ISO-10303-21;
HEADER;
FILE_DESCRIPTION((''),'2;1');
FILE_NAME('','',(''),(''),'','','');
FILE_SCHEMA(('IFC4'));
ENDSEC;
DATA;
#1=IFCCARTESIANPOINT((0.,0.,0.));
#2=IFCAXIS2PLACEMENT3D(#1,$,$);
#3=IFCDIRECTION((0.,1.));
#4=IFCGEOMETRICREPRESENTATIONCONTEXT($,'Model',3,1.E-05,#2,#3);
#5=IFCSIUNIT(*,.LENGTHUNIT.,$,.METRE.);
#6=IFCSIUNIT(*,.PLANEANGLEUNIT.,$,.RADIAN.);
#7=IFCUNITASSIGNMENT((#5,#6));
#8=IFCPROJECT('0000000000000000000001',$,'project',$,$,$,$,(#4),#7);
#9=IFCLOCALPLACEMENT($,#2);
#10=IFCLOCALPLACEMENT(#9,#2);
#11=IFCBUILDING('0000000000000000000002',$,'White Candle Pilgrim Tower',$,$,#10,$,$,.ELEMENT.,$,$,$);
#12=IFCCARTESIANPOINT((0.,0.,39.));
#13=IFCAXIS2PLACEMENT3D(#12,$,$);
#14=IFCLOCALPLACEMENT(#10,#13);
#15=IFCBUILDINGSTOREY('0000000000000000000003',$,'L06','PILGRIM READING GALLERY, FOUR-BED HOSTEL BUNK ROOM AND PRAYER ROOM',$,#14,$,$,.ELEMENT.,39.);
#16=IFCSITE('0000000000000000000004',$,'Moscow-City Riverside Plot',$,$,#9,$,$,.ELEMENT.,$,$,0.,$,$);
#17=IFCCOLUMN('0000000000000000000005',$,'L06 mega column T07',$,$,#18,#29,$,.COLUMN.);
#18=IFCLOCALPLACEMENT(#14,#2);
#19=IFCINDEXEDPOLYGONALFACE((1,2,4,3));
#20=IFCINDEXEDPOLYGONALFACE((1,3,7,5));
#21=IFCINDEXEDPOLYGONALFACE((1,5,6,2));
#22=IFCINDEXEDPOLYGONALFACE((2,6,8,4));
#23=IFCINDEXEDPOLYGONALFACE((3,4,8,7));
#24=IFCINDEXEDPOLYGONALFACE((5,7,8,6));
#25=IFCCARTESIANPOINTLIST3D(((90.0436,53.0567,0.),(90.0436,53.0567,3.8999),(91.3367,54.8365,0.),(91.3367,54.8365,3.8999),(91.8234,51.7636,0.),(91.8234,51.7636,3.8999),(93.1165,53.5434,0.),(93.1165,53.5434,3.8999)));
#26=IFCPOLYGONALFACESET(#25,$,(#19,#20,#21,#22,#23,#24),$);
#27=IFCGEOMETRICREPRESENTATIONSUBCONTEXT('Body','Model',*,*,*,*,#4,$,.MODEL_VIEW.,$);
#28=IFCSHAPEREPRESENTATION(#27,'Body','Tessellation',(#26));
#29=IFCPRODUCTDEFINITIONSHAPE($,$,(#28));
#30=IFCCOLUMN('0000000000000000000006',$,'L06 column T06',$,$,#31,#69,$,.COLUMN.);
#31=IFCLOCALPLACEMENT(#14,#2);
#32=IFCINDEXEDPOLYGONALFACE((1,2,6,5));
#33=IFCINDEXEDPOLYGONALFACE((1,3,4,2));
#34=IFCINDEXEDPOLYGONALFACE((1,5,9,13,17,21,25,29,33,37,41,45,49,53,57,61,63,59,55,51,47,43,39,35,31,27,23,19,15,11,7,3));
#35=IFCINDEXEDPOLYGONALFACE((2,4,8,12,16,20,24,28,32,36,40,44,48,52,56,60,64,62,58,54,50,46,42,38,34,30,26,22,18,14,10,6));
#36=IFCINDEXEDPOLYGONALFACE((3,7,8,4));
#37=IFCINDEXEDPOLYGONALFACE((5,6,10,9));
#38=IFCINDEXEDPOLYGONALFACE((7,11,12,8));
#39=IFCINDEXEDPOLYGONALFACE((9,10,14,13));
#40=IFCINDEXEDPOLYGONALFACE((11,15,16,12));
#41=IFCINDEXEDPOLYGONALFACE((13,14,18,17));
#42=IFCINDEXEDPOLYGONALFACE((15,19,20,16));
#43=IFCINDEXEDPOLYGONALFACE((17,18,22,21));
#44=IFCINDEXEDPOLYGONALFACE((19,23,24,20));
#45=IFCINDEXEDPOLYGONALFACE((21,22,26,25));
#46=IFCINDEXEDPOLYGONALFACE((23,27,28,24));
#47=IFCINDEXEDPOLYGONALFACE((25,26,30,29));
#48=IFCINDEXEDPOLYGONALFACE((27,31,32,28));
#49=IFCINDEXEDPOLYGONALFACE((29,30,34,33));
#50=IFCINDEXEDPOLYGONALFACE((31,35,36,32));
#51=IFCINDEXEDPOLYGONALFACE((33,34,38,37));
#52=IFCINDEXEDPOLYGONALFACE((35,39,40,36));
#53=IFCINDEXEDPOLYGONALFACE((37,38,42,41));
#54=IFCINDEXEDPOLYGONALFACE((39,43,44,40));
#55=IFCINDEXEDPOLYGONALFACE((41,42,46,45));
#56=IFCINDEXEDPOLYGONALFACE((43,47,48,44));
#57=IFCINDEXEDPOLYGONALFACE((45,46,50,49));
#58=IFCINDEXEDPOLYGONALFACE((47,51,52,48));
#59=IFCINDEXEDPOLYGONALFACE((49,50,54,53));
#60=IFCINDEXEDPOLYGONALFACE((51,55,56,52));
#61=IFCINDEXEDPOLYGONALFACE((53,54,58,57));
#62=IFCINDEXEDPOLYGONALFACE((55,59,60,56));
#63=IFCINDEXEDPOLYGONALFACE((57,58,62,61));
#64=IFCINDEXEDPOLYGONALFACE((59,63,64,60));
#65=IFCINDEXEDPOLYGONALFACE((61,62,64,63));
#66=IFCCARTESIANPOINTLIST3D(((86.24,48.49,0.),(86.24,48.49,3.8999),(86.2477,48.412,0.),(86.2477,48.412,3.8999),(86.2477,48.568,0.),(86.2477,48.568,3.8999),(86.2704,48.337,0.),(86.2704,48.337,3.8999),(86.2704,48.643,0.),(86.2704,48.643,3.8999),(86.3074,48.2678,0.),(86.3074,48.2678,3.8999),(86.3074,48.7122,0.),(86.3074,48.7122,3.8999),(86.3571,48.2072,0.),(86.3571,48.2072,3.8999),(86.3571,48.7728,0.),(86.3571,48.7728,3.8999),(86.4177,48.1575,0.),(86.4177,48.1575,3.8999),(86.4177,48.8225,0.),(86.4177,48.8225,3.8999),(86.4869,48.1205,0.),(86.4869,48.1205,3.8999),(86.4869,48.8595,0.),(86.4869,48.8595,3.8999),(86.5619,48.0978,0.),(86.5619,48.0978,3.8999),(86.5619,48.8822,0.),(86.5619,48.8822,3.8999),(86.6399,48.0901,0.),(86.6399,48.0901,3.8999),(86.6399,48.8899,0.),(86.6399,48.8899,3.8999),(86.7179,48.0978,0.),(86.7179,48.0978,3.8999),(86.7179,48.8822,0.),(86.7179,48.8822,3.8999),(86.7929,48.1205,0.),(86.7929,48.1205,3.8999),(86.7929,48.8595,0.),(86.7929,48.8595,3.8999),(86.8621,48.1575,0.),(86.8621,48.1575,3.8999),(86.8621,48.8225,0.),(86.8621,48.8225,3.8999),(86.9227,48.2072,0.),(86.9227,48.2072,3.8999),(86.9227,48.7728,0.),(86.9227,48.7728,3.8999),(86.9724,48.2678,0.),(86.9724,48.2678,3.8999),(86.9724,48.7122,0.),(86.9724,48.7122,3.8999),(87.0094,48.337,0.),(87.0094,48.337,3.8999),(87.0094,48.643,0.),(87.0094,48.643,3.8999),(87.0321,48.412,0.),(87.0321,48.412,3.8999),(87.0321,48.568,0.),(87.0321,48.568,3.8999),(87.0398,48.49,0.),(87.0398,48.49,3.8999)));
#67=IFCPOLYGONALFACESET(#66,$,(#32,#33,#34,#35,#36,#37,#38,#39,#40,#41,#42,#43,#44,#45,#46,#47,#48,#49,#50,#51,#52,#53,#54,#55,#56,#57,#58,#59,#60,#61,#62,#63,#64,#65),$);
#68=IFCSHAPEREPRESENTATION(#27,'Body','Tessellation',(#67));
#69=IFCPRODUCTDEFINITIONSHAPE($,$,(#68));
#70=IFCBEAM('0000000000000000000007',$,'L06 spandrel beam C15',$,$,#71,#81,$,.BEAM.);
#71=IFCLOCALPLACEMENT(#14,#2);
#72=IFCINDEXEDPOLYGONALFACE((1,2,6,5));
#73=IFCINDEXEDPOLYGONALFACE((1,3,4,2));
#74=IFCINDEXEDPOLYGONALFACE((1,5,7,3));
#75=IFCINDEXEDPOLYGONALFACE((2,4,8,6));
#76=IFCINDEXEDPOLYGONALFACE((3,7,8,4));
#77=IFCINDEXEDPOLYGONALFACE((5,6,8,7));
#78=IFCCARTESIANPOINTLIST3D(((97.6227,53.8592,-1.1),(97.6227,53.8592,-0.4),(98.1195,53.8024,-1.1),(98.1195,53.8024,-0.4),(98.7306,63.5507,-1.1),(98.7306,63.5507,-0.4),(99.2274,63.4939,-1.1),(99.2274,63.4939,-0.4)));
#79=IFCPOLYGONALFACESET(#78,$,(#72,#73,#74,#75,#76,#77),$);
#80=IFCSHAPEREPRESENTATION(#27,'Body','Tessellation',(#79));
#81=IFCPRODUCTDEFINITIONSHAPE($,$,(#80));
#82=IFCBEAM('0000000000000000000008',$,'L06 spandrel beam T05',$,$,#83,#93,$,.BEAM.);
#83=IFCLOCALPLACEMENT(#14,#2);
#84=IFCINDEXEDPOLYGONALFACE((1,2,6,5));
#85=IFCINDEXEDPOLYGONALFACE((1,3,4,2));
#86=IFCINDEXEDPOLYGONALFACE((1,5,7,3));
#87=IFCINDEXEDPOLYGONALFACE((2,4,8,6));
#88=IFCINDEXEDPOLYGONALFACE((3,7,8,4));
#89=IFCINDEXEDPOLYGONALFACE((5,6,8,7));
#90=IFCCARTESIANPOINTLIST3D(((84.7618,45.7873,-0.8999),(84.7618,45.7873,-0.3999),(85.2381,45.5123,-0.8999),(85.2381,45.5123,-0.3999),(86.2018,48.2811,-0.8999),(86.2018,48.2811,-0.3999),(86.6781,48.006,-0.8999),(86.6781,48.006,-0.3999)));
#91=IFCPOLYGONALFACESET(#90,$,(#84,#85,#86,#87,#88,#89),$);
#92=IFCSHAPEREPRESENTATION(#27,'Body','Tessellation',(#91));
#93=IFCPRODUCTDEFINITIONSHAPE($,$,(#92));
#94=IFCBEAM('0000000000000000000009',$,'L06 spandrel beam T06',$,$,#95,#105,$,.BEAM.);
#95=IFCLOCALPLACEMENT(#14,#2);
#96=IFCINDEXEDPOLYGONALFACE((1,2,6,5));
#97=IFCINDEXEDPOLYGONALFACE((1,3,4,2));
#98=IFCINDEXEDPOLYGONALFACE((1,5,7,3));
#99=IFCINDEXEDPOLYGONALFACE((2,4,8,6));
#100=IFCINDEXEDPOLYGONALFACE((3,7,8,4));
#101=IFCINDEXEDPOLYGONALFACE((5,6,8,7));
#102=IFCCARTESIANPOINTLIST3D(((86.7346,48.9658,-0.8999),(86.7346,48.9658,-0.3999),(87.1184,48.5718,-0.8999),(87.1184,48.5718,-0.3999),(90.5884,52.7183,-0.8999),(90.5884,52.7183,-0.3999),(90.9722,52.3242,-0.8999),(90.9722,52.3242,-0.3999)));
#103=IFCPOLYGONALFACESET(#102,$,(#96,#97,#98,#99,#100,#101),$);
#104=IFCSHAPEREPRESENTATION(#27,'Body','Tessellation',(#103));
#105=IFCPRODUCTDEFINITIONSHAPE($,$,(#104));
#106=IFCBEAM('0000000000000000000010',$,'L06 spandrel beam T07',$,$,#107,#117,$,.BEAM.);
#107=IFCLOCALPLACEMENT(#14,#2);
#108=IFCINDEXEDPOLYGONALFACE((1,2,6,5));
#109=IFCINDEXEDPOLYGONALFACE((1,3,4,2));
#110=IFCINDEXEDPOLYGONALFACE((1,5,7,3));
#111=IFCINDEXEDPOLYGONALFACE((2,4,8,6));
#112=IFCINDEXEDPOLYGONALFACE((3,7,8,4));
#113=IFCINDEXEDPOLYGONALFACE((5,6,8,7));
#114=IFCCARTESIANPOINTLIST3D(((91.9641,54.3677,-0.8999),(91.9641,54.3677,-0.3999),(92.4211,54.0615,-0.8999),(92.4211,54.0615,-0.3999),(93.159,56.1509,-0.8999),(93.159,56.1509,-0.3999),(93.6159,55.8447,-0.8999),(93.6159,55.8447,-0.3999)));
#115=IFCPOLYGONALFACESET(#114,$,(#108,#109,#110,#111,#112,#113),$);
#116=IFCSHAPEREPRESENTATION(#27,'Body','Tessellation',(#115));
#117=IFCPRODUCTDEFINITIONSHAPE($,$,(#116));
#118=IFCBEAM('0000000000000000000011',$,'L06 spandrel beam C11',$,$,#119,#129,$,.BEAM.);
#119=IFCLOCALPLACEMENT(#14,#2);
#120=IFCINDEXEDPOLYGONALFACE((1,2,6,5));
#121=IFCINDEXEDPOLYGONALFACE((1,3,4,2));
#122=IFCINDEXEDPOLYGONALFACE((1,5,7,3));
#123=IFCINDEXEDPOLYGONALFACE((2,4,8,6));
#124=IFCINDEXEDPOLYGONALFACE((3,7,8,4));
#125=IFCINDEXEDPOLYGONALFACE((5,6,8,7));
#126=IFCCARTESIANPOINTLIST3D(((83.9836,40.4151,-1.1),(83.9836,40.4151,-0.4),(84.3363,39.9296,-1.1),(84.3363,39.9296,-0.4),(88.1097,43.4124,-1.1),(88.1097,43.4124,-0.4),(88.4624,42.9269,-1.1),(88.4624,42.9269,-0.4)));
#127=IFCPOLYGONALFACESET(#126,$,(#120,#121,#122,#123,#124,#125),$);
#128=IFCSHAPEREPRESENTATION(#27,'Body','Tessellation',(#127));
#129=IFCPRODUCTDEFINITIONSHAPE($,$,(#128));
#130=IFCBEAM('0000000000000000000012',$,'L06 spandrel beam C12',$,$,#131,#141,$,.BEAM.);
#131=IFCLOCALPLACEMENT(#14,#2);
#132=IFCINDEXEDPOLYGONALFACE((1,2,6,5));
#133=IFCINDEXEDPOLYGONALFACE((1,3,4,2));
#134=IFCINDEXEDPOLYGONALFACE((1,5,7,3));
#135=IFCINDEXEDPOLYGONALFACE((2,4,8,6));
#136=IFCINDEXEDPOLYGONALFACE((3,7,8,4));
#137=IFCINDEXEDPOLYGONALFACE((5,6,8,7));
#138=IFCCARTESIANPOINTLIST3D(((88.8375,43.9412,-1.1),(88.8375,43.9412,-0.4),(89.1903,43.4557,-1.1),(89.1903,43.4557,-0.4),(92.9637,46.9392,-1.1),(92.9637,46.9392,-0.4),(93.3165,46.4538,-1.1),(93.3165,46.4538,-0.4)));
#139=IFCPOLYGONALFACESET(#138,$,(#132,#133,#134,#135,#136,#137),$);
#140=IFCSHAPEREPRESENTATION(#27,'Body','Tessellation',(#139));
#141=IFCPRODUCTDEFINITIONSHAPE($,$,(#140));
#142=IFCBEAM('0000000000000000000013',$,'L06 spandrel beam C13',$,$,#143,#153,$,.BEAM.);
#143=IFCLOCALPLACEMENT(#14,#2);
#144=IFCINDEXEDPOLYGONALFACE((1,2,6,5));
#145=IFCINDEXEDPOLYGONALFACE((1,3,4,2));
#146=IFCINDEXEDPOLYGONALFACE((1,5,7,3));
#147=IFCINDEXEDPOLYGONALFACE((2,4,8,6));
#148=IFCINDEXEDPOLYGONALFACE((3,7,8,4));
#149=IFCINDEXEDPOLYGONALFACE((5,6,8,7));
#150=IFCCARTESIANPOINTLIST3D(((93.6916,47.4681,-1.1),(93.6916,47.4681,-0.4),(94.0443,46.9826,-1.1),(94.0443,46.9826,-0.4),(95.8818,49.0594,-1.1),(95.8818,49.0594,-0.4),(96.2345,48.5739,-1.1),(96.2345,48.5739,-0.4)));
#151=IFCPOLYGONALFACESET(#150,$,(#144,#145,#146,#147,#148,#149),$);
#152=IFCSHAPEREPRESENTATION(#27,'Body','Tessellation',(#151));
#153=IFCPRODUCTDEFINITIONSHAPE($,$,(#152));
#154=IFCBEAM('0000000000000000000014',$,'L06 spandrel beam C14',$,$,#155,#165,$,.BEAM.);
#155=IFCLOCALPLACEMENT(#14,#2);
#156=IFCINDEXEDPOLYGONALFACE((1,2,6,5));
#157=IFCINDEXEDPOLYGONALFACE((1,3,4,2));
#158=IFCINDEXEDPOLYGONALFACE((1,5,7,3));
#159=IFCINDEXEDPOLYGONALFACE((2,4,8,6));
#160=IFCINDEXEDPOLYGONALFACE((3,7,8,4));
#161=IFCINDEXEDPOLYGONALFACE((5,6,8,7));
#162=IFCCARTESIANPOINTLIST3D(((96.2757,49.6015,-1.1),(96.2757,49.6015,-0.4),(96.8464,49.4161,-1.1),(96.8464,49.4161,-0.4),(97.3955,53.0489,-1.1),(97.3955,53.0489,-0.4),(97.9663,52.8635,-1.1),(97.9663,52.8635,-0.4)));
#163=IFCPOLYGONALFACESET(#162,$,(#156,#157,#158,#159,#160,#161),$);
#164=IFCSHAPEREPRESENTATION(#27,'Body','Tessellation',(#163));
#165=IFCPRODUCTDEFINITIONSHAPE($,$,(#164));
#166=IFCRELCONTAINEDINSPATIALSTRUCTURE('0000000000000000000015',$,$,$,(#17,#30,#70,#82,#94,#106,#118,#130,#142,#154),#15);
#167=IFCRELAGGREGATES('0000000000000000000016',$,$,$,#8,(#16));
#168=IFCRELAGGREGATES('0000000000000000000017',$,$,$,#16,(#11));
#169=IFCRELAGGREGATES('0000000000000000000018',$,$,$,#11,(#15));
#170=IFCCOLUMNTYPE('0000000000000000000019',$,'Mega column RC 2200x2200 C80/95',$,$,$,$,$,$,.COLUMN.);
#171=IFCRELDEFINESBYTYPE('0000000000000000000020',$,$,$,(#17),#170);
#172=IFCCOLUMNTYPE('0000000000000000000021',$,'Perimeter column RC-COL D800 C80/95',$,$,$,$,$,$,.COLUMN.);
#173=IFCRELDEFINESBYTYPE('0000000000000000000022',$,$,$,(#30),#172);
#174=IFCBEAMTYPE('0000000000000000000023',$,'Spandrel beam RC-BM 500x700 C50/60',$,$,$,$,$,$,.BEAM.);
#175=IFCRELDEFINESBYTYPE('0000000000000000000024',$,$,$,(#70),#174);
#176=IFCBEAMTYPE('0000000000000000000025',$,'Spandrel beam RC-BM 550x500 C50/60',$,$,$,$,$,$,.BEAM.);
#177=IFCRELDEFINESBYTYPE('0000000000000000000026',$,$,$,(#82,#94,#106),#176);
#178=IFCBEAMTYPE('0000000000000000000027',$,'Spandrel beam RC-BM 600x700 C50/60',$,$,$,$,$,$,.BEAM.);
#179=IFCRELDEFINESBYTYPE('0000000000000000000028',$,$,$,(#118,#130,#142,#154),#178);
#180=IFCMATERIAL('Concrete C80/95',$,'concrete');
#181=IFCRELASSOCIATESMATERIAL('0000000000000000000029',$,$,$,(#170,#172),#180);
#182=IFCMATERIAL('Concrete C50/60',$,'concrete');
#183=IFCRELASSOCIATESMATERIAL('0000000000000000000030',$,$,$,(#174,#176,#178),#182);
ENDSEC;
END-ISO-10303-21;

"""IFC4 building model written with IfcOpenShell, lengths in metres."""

from ifc_helpers import new_model, si_unit, direction, frame, origin, origin_2d, place, context, subcontext, project, spatial, rectangle, circle, extrude, material, material_profile, profile_set, type_object, element, save


model = new_model("IFC4")

# Units and contexts
model_context = context("Model", 3, precision=1e-05, world=origin(), true_north=direction((0.0, 1.0)))
body_context = subcontext(model_context, "Body", "Model", "MODEL_VIEW")
ifc_project = project(units=[si_unit("LENGTHUNIT", "METRE"), si_unit("PLANEANGLEUNIT", "RADIAN")], contexts=[model_context])

# Site, building, storey
site_placement = place(None, origin())
site = spatial("IfcSite", under=ifc_project, at=site_placement, Name="Moscow-City Riverside Plot", CompositionType="ELEMENT", RefElevation=0.0)
building_placement = place(site_placement, origin())
building = spatial("IfcBuilding", under=site, at=building_placement, Name="White Candle Pilgrim Tower", CompositionType="ELEMENT")
storey_placement = place(building_placement, frame((0.0, 0.0, 39.0)))
storey = spatial("IfcBuildingStorey", under=building, at=storey_placement, Name="L06", Description="PILGRIM READING GALLERY, FOUR-BED HOSTEL BUNK ROOM AND PRAYER ROOM", CompositionType="ELEMENT", Elevation=39.0)

# Columns
ifc_material_1 = material(Name="Concrete C80/95", Category="concrete")
ifc_material_profile_1 = material_profile(ifc_material_1, rectangle(XDim=2.2, YDim=2.2, at=origin_2d()), Name="RC 2200x2200")
ifc_profile_set_1 = profile_set([ifc_material_profile_1], Name="Concrete C80/95")
column_type_1 = type_object("IfcColumnType", Name="Mega column RC 2200x2200 C80/95", PredefinedType="COLUMN", material=ifc_profile_set_1)
column_1_placement = place(storey_placement, frame((91.5801, 53.3, 0.0), z_axis=(0.0, 0.0, 1.0), x_axis=(0.809017, -0.587785, 0.0)))
element("IfcColumn", 1, at=column_1_placement, inside=storey, type_object=column_type_1, Name="L06 mega column T07", PredefinedType="COLUMN", context=body_context, shape_type="SweptSolid", body=[
    extrude(rectangle(XDim=2.2, YDim=2.2, at=origin_2d()), origin(), (0.0, 0.0, 1.0), 3.8999),
])
ifc_material_profile_2 = material_profile(ifc_material_1, circle(Radius=0.3999, at=origin_2d()), Name="RC-COL D800")
ifc_profile_set_2 = profile_set([ifc_material_profile_2], Name="Concrete C80/95")
column_type_2 = type_object("IfcColumnType", Name="Perimeter column RC-COL D800 C80/95", PredefinedType="COLUMN", material=ifc_profile_set_2)
column_2_placement = place(storey_placement, frame((86.6399, 48.49, 0.0), z_axis=(0.0, 0.0, 1.0), x_axis=(1.0, 0.0, 0.0)))
element("IfcColumn", 2, at=column_2_placement, inside=storey, type_object=column_type_2, Name="L06 column T06", PredefinedType="COLUMN", context=body_context, shape_type="SweptSolid", body=[
    extrude(circle(Radius=0.3999, at=origin_2d()), origin(), (0.0, 0.0, 1.0), 3.8999),
])

# Beams
ifc_material_2 = material(Name="Concrete C50/60", Category="concrete")
ifc_material_profile_3 = material_profile(ifc_material_2, rectangle(XDim=0.5, YDim=0.7, at=origin_2d()), Name="RC-BM 500x700")
ifc_profile_set_3 = profile_set([ifc_material_profile_3], Name="Concrete C50/60")
beam_type_1 = type_object("IfcBeamType", Name="Spandrel beam RC-BM 500x700 C50/60", PredefinedType="BEAM", material=ifc_profile_set_3)
beam_1_placement = place(storey_placement, frame((97.8711, 53.8308, -0.75), z_axis=(0.113579, 0.993529, 0.0), x_axis=(-0.993529, 0.113579, 0.0)))
element("IfcBeam", 3, at=beam_1_placement, inside=storey, type_object=beam_type_1, Name="L06 spandrel beam C15", PredefinedType="BEAM", context=body_context, shape_type="SweptSolid", body=[
    extrude(rectangle(XDim=0.5, YDim=0.7, at=origin_2d()), origin(), (0.0, 0.0, 1.0), 9.7546),
])
ifc_material_profile_4 = material_profile(ifc_material_2, rectangle(XDim=0.55, YDim=0.5, at=origin_2d()), Name="RC-BM 550x500")
ifc_profile_set_4 = profile_set([ifc_material_profile_4], Name="Concrete C50/60")
beam_type_2 = type_object("IfcBeamType", Name="Spandrel beam RC-BM 550x500 C50/60", PredefinedType="BEAM", material=ifc_profile_set_4)
beam_2_placement = place(storey_placement, frame((86.4399, 48.1436, -0.6499), z_axis=(-0.50006, -0.865991, 0.0), x_axis=(0.865991, -0.50006, 0.0)))
element("IfcBeam", 4, at=beam_2_placement, inside=storey, type_object=beam_type_2, Name="L06 spandrel beam T05", PredefinedType="BEAM", context=body_context, shape_type="SweptSolid", body=[
    extrude(rectangle(XDim=0.55, YDim=0.5, at=origin_2d()), origin(), (0.0, 0.0, 1.0), 2.8796),
])
beam_3_placement = place(storey_placement, frame((86.9265, 48.7688, -0.6499), z_axis=(0.716462, 0.697626, 0.0), x_axis=(-0.697626, 0.716462, 0.0)))
element("IfcBeam", 5, at=beam_3_placement, inside=storey, type_object=beam_type_2, Name="L06 spandrel beam T06", PredefinedType="BEAM", context=body_context, shape_type="SweptSolid", body=[
    extrude(rectangle(XDim=0.55, YDim=0.5, at=origin_2d()), origin(), (0.0, 0.0, 1.0), 5.3789),
])
beam_4_placement = place(storey_placement, frame((92.1926, 54.2146, -0.6499), z_axis=(0.556641, 0.830753, 0.0), x_axis=(-0.830753, 0.556641, 0.0)))
element("IfcBeam", 6, at=beam_4_placement, inside=storey, type_object=beam_type_2, Name="L06 spandrel beam T07", PredefinedType="BEAM", context=body_context, shape_type="SweptSolid", body=[
    extrude(rectangle(XDim=0.55, YDim=0.5, at=origin_2d()), origin(), (0.0, 0.0, 1.0), 2.1465),
])
ifc_material_profile_5 = material_profile(ifc_material_2, rectangle(XDim=0.6001, YDim=0.7, at=origin_2d()), Name="RC-BM 600x700")
ifc_profile_set_5 = profile_set([ifc_material_profile_5], Name="Concrete C50/60")
beam_type_3 = type_object("IfcBeamType", Name="Spandrel beam RC-BM 600x700 C50/60", PredefinedType="BEAM", material=ifc_profile_set_5)
beam_5_placement = place(storey_placement, frame((84.1599, 40.1724, -0.75), z_axis=(0.809069, 0.587713, 0.0), x_axis=(-0.587713, 0.809069, 0.0)))
element("IfcBeam", 7, at=beam_5_placement, inside=storey, type_object=beam_type_3, Name="L06 spandrel beam C11", PredefinedType="BEAM", context=body_context, shape_type="SweptSolid", body=[
    extrude(rectangle(XDim=0.6001, YDim=0.7, at=origin_2d()), origin(), (0.0, 0.0, 1.0), 5.0999),
])
beam_6_placement = place(storey_placement, frame((89.0139, 43.6985, -0.75), z_axis=(0.809001, 0.587807, 0.0), x_axis=(-0.587807, 0.809001, 0.0)))
element("IfcBeam", 8, at=beam_6_placement, inside=storey, type_object=beam_type_3, Name="L06 spandrel beam C12", PredefinedType="BEAM", context=body_context, shape_type="SweptSolid", body=[
    extrude(rectangle(XDim=0.6001, YDim=0.7, at=origin_2d()), origin(), (0.0, 0.0, 1.0), 5.1003),
])
beam_7_placement = place(storey_placement, frame((93.8679, 47.2253, -0.75), z_axis=(0.809009, 0.587796, 0.0), x_axis=(-0.587796, 0.809009, 0.0)))
element("IfcBeam", 9, at=beam_7_placement, inside=storey, type_object=beam_type_3, Name="L06 spandrel beam C13", PredefinedType="BEAM", context=body_context, shape_type="SweptSolid", body=[
    extrude(rectangle(XDim=0.6001, YDim=0.7, at=origin_2d()), origin(), (0.0, 0.0, 1.0), 2.7073),
])
beam_8_placement = place(storey_placement, frame((96.561, 49.5088, -0.75), z_axis=(0.308944, 0.95108, 0.0), x_axis=(-0.95108, 0.308944, 0.0)))
element("IfcBeam", 10, at=beam_8_placement, inside=storey, type_object=beam_type_3, Name="L06 spandrel beam C14", PredefinedType="BEAM", context=body_context, shape_type="SweptSolid", body=[
    extrude(rectangle(XDim=0.6001, YDim=0.7, at=origin_2d()), origin(), (0.0, 0.0, 1.0), 3.6248),
])

save(model, "model.ifc")
